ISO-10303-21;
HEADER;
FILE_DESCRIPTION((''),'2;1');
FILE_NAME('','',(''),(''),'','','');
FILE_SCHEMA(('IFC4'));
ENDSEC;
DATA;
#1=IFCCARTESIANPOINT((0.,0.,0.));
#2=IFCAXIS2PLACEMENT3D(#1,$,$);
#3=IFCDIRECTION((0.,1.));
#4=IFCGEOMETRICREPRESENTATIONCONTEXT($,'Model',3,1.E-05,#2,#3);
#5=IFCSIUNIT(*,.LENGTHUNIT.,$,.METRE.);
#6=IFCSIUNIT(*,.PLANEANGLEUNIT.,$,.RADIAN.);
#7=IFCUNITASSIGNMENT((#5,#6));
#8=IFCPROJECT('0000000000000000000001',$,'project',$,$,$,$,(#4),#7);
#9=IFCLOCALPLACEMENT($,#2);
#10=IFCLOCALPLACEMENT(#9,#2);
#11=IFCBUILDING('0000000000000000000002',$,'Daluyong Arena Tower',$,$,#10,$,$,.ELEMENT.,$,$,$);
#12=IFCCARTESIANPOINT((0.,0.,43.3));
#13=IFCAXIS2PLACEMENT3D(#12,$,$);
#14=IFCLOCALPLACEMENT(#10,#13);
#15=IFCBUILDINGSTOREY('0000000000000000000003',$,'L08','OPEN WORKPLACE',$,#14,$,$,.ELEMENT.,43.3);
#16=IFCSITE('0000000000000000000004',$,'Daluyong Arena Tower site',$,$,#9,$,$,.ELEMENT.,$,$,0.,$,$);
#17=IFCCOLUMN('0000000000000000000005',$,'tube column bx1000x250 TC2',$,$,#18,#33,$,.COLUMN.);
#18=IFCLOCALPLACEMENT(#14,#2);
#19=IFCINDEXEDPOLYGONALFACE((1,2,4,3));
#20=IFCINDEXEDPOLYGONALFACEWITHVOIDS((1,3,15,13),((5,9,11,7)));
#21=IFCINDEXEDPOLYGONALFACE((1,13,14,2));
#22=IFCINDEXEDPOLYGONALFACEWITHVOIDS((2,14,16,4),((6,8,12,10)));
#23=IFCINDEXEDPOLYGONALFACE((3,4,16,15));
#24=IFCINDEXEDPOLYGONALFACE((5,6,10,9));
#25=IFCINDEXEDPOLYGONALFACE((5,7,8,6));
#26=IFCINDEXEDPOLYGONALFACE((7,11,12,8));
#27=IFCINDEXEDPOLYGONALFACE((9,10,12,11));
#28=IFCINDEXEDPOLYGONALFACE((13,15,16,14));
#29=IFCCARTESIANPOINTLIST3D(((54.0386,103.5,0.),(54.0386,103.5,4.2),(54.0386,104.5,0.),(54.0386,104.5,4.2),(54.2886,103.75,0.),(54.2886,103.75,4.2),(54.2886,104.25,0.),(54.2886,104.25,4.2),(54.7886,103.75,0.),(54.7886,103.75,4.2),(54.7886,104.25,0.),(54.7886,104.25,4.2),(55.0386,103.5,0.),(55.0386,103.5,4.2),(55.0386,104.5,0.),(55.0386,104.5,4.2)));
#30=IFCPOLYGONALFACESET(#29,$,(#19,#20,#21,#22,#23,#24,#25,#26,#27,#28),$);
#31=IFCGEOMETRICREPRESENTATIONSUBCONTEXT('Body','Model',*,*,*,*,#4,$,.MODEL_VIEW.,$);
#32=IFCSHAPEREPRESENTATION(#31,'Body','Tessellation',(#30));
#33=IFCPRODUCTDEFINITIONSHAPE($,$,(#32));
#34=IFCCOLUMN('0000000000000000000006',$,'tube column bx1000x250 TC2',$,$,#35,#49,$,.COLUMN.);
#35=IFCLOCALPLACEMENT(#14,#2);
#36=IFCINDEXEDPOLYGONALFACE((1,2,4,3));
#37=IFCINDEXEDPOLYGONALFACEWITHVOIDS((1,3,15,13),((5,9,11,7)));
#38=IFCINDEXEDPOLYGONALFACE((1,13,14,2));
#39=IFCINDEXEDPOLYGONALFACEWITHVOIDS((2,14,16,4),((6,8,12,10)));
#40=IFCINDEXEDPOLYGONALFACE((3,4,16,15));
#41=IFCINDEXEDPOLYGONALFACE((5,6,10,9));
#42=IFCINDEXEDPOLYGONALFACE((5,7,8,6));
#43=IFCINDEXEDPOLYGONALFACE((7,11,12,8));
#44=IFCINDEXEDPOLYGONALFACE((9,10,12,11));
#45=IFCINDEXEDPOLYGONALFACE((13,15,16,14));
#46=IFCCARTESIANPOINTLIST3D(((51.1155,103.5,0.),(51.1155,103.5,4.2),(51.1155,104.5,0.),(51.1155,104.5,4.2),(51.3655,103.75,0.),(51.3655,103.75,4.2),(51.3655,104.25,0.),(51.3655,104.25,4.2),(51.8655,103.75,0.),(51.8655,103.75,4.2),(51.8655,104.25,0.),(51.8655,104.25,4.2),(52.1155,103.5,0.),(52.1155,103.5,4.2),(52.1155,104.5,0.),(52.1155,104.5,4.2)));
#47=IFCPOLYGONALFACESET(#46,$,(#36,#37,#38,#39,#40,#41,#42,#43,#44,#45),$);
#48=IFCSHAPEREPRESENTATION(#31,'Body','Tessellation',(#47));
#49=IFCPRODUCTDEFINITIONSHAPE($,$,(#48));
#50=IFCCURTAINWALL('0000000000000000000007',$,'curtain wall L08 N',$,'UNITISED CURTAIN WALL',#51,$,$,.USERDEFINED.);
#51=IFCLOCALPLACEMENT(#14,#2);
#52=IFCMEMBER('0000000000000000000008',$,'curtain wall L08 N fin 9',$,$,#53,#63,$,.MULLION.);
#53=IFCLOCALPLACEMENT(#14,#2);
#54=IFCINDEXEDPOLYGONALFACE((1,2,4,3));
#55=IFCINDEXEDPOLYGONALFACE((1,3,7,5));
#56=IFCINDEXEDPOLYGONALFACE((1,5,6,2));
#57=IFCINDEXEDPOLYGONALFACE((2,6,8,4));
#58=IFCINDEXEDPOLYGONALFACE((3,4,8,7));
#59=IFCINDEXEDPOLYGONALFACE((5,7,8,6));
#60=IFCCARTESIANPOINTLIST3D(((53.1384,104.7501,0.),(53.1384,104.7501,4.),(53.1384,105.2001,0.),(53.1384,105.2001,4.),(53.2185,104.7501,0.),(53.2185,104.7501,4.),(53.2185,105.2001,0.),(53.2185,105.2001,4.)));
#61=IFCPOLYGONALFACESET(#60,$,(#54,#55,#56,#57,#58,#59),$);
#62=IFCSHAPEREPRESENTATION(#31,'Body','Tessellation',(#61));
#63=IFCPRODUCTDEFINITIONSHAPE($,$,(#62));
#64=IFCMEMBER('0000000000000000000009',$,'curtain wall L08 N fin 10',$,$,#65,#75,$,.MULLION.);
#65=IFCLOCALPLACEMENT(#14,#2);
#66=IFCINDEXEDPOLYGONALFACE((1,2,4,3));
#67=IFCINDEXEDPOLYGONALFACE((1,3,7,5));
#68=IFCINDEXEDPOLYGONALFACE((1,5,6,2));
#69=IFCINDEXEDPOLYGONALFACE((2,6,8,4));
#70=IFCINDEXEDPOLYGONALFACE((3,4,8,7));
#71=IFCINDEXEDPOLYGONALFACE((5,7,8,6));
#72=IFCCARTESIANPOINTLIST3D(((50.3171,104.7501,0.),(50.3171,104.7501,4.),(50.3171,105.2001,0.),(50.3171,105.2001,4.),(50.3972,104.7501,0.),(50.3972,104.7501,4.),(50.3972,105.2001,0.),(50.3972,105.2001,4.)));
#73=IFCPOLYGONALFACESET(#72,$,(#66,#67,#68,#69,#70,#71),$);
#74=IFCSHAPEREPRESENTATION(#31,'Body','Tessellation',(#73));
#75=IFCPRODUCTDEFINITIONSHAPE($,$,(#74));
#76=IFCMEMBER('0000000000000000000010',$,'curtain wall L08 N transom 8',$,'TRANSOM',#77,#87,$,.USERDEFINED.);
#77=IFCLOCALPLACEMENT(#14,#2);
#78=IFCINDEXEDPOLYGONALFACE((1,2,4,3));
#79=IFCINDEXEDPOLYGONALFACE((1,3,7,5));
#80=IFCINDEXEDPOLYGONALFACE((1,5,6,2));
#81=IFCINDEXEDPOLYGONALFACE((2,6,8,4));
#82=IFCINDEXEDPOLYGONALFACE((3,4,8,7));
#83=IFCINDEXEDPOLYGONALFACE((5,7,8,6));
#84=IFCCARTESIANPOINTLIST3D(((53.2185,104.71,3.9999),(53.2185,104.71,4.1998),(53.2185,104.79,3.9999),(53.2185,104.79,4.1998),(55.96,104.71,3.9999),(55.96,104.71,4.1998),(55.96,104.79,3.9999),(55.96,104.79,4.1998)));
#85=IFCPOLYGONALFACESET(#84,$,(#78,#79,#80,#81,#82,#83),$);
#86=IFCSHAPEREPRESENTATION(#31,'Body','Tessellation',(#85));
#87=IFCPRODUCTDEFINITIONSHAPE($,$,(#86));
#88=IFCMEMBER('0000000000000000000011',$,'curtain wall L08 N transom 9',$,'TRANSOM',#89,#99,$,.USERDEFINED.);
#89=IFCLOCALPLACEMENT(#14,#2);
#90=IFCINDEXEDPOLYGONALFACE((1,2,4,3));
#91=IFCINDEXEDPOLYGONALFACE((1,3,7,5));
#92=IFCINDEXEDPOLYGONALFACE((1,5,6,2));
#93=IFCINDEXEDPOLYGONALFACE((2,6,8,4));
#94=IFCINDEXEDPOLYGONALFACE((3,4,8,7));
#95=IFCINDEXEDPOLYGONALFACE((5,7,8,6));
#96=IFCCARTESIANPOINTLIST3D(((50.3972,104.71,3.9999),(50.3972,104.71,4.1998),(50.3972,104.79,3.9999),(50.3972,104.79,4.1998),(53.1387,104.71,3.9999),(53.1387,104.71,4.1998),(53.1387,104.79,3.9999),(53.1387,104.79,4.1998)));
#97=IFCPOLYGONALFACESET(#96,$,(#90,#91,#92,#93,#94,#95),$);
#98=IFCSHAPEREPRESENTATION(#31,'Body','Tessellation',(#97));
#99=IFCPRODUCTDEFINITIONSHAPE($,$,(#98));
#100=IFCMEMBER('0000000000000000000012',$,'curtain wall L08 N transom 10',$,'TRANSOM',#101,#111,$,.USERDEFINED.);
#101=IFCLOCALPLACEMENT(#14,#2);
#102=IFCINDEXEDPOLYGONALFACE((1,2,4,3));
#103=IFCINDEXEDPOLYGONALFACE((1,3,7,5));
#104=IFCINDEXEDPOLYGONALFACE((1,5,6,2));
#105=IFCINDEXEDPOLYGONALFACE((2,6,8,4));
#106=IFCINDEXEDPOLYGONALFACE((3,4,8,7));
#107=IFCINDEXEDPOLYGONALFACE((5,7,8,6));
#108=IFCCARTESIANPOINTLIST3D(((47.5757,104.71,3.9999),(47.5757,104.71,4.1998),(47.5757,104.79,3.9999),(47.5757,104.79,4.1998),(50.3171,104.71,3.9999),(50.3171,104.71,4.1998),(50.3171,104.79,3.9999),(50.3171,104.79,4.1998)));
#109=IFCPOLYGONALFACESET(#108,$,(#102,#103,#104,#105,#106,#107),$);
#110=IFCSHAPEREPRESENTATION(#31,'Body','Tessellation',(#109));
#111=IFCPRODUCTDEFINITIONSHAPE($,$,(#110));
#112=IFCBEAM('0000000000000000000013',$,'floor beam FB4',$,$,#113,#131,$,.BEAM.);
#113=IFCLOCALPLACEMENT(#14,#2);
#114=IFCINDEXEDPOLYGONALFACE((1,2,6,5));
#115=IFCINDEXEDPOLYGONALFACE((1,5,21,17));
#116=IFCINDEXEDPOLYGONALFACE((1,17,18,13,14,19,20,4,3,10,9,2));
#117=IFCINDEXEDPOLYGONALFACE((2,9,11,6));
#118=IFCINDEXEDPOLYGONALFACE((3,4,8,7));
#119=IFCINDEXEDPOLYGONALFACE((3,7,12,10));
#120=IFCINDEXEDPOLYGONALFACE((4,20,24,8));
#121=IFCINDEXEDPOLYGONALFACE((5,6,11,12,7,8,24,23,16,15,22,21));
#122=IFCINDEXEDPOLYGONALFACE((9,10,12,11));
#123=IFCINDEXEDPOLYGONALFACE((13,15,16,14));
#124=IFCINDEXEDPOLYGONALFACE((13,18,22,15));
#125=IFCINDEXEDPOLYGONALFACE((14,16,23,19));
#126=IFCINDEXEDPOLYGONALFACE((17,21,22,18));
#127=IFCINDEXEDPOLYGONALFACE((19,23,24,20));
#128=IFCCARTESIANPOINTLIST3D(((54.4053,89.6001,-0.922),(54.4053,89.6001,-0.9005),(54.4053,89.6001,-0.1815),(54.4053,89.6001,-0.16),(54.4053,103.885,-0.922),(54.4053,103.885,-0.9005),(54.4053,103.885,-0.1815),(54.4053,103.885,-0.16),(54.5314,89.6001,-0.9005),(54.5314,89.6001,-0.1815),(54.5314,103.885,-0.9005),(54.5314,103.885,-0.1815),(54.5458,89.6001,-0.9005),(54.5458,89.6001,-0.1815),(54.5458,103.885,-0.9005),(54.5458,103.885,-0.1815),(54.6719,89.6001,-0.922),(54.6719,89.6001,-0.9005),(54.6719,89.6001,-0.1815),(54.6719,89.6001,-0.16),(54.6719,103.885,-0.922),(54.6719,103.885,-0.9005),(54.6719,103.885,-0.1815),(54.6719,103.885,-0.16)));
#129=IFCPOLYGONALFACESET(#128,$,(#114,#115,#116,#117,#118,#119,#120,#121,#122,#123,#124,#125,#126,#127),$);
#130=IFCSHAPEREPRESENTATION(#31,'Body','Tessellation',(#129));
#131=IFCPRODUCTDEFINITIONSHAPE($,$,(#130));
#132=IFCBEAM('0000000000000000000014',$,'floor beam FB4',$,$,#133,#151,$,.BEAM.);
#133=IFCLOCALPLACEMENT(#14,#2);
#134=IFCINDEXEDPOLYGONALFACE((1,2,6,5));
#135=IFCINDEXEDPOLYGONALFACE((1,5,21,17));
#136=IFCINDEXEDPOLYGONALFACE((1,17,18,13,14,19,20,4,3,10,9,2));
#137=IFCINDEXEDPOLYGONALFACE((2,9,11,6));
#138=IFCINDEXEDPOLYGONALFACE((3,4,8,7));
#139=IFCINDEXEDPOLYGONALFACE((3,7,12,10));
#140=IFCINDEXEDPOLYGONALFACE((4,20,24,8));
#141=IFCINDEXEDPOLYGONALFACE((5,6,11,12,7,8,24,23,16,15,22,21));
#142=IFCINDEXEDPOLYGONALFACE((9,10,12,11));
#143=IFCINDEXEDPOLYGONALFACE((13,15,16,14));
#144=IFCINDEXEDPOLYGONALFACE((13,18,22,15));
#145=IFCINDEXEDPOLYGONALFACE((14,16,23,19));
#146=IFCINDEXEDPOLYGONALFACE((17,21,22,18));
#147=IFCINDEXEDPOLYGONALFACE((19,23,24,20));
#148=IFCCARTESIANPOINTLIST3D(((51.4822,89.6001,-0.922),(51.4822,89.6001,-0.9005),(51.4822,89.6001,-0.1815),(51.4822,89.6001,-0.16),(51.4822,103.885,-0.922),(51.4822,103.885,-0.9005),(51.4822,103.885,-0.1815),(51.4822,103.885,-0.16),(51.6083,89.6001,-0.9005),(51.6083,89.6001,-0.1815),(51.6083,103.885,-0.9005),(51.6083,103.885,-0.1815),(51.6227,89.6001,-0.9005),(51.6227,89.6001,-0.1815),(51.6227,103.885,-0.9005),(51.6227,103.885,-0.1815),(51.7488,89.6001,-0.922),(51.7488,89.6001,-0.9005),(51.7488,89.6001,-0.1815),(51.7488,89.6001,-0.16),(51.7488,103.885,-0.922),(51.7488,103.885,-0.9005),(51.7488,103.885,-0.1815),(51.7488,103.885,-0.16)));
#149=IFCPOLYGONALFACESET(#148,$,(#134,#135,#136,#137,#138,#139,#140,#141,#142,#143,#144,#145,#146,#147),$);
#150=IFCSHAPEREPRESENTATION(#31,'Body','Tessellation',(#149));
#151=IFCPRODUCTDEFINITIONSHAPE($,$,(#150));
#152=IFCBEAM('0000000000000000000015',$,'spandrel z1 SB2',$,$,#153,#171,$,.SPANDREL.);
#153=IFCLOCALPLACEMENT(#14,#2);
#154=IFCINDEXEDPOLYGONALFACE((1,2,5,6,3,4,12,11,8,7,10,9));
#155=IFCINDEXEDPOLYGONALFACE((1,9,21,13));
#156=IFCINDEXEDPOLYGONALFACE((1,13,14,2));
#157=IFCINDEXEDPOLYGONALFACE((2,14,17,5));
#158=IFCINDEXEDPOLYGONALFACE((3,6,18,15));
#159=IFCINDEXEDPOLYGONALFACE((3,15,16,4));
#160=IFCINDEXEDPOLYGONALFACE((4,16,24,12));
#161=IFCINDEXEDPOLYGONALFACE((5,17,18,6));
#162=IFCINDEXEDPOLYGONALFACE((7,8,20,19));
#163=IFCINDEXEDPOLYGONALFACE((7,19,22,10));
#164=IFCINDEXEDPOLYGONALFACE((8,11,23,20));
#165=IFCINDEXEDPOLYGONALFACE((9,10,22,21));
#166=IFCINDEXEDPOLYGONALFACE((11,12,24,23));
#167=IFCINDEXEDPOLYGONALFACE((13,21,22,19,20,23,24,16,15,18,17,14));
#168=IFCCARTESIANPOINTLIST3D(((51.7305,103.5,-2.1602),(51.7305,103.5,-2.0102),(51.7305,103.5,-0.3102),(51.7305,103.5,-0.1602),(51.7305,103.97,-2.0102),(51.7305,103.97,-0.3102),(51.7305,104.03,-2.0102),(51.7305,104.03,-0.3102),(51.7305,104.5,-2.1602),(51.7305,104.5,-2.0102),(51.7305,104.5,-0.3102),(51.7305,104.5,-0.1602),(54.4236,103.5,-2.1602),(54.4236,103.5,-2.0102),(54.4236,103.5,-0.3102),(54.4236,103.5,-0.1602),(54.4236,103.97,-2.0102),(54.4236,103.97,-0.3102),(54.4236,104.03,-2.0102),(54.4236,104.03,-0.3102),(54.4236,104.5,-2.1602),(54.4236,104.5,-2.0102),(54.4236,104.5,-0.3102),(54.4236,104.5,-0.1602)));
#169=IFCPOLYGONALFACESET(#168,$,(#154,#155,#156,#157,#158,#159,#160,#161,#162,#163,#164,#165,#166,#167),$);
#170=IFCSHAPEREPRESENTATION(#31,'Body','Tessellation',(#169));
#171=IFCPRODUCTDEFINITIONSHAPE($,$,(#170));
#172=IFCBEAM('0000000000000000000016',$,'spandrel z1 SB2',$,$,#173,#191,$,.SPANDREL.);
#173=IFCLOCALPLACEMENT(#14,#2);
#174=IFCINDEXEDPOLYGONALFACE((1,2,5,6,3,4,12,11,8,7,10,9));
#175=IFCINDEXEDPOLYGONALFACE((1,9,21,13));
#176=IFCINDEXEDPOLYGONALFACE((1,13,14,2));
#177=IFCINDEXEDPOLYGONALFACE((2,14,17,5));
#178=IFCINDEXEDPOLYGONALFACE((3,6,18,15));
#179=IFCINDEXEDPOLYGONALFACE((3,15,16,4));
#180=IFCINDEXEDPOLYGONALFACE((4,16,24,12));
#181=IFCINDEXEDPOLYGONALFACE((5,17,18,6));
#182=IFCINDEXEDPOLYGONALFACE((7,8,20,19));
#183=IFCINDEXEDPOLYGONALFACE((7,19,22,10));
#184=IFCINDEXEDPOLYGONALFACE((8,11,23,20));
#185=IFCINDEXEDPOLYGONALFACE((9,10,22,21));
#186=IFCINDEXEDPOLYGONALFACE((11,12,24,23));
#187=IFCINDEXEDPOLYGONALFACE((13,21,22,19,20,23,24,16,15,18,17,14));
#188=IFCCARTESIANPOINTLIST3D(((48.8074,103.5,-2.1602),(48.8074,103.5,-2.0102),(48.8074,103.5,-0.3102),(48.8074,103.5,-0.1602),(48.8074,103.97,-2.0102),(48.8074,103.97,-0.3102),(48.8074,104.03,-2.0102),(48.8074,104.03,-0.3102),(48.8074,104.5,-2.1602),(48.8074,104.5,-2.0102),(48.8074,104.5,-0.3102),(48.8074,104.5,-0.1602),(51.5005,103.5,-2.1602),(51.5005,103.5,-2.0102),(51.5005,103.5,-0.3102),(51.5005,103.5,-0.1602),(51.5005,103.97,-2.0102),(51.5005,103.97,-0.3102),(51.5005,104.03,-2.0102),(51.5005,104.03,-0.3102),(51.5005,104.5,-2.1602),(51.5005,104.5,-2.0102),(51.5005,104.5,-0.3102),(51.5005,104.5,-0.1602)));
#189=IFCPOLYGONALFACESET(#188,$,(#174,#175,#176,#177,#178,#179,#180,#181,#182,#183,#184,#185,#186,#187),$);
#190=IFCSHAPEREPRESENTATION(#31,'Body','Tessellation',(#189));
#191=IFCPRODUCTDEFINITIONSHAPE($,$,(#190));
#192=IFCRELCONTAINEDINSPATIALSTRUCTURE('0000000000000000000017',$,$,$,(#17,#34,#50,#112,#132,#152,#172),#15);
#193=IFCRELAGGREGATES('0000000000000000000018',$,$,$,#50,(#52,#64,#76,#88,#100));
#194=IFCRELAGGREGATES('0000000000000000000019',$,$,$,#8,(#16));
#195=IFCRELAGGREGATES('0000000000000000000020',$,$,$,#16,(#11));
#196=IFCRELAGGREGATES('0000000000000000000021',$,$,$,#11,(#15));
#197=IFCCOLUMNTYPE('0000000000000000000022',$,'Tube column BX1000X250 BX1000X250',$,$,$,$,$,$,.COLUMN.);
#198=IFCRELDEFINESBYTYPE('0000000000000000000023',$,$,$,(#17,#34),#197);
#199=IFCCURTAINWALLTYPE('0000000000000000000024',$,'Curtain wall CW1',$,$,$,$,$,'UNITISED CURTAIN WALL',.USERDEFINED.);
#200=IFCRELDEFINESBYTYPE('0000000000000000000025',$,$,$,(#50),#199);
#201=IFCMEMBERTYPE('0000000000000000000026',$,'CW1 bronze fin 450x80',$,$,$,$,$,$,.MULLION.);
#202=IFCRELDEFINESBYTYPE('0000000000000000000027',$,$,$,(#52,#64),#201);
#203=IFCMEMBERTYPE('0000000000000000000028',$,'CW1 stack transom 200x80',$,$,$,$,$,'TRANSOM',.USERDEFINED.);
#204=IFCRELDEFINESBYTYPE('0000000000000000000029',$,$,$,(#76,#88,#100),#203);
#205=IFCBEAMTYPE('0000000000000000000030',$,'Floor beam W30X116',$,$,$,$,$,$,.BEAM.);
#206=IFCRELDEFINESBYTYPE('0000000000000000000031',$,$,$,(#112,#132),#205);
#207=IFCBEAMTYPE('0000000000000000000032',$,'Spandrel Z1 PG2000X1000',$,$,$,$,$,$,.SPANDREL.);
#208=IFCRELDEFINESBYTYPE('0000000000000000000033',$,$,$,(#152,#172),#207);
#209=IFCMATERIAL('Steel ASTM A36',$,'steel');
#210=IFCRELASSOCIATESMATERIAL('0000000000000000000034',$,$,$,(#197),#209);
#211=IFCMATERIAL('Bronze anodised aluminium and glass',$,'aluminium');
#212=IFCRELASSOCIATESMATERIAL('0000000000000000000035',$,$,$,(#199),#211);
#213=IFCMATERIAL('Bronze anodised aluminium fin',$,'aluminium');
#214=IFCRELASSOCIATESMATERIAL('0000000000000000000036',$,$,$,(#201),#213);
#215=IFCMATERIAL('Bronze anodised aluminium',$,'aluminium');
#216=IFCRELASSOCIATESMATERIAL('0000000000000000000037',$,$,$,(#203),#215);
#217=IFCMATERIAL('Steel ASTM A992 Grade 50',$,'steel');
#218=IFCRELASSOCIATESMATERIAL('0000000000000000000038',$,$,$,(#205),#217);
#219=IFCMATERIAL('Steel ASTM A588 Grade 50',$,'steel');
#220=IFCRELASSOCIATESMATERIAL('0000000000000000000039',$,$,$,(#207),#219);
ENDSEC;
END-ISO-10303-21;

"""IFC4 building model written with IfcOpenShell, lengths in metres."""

from ifc_helpers import new_model, si_unit, direction, frame, origin, origin_2d, place, context, subcontext, project, spatial, rectangle, hollow_rectangle, i_section, extrude, material, material_profile, profile_set, type_object, element, aggregate, save


model = new_model("IFC4")

# Units and contexts
model_context = context("Model", 3, precision=1e-05, world=origin(), true_north=direction((0.0, 1.0)))
body_context = subcontext(model_context, "Body", "Model", "MODEL_VIEW")
ifc_project = project(units=[si_unit("LENGTHUNIT", "METRE"), si_unit("PLANEANGLEUNIT", "RADIAN")], contexts=[model_context])

# Site, building, storey
site_placement = place(None, origin())
site = spatial("IfcSite", under=ifc_project, at=site_placement, Name="Daluyong Arena Tower site", CompositionType="ELEMENT", RefElevation=0.0)
building_placement = place(site_placement, origin())
building = spatial("IfcBuilding", under=site, at=building_placement, Name="Daluyong Arena Tower", CompositionType="ELEMENT")
storey_placement = place(building_placement, frame((0.0, 0.0, 43.3)))
storey = spatial("IfcBuildingStorey", under=building, at=storey_placement, Name="L08", Description="OPEN WORKPLACE", CompositionType="ELEMENT", Elevation=43.3)

# Columns
ifc_material_1 = material(Name="Steel ASTM A36", Category="steel")
ifc_material_profile_1 = material_profile(ifc_material_1, hollow_rectangle(XDim=1.0, YDim=1.0, WallThickness=0.25, at=origin_2d()))
ifc_profile_set_1 = profile_set([ifc_material_profile_1], Name="Steel ASTM A36")
column_type = type_object("IfcColumnType", Name="Tube column BX1000X250 BX1000X250", PredefinedType="COLUMN", material=ifc_profile_set_1)
for number, where, z_axis, x_axis, name in (
    (1, (54.5386, 104.0, 0.0), (0.0, 0.0, 1.0), (1.0, 0.0, 0.0), "tube column bx1000x250 TC2"),
    (2, (51.6155, 104.0, 0.0), (0.0, 0.0, 1.0), (1.0, 0.0, 0.0), "tube column bx1000x250 TC2"),
):
    element("IfcColumn", number, at=place(storey_placement, frame(where, z_axis=z_axis, x_axis=x_axis)), inside=storey, type_object=column_type, Name=name, PredefinedType="COLUMN", context=body_context, shape_type="SweptSolid", body=[
        extrude(hollow_rectangle(XDim=1.0, YDim=1.0, WallThickness=0.25, at=origin_2d()), origin(), (0.0, 0.0, 1.0), 4.2),
    ])

# Curtain wall, members
ifc_material_2 = material(Name="Bronze anodised aluminium and glass", Category="aluminium")
curtain_wall_type = type_object("IfcCurtainWallType", Name="Curtain wall CW1", ElementType="UNITISED CURTAIN WALL", PredefinedType="USERDEFINED", material=ifc_material_2)
curtain_wall_placement = place(storey_placement, origin())
curtain_wall = element("IfcCurtainWall", 3, at=curtain_wall_placement, inside=storey, type_object=curtain_wall_type, Name="curtain wall L08 N", ObjectType="UNITISED CURTAIN WALL", PredefinedType="USERDEFINED")
ifc_material_3 = material(Name="Bronze anodised aluminium fin", Category="aluminium")
ifc_material_profile_2 = material_profile(ifc_material_3, rectangle(XDim=0.45, YDim=0.0801, at=origin_2d()))
ifc_profile_set_2 = profile_set([ifc_material_profile_2], Name="Bronze anodised aluminium fin")
member_type_1 = type_object("IfcMemberType", Name="CW1 bronze fin 450x80", PredefinedType="MULLION", material=ifc_profile_set_2)
member_1_placement = place(storey_placement, frame((53.1785, 104.9751, 0.0), z_axis=(0.0, 0.0, 1.0), x_axis=(0.0, -1.0, 0.0)))
member_1 = element("IfcMember", 4, at=member_1_placement, type_object=member_type_1, Name="curtain wall L08 N fin 9", PredefinedType="MULLION", context=body_context, shape_type="SweptSolid", body=[
    extrude(rectangle(XDim=0.45, YDim=0.0801, at=origin_2d()), origin(), (0.0, 0.0, 1.0), 4.0),
])
member_2_placement = place(storey_placement, frame((50.3572, 104.9751, 0.0), z_axis=(0.0, 0.0, 1.0), x_axis=(0.0, -1.0, 0.0)))
member_2 = element("IfcMember", 5, at=member_2_placement, type_object=member_type_1, Name="curtain wall L08 N fin 10", PredefinedType="MULLION", context=body_context, shape_type="SweptSolid", body=[
    extrude(rectangle(XDim=0.45, YDim=0.0801, at=origin_2d()), origin(), (0.0, 0.0, 1.0), 4.0),
])
ifc_material_4 = material(Name="Bronze anodised aluminium", Category="aluminium")
ifc_material_profile_3 = material_profile(ifc_material_4, rectangle(XDim=0.0801, YDim=0.2, at=origin_2d()))
ifc_profile_set_3 = profile_set([ifc_material_profile_3], Name="Bronze anodised aluminium")
member_type_2 = type_object("IfcMemberType", Name="CW1 stack transom 200x80", ElementType="TRANSOM", PredefinedType="USERDEFINED", material=ifc_profile_set_3)
member_3_placement = place(storey_placement, frame((55.96, 104.75, 4.0999), z_axis=(-1.0, 0.0, 0.0), x_axis=(0.0, -1.0, 0.0)))
member_3 = element("IfcMember", 6, at=member_3_placement, type_object=member_type_2, Name="curtain wall L08 N transom 8", ObjectType="TRANSOM", PredefinedType="USERDEFINED", context=body_context, shape_type="SweptSolid", body=[
    extrude(rectangle(XDim=0.0801, YDim=0.2, at=origin_2d()), origin(), (0.0, 0.0, 1.0), 2.7415),
])
member_4_placement = place(storey_placement, frame((53.1387, 104.75, 4.0999), z_axis=(-1.0, 0.0, 0.0), x_axis=(0.0, -1.0, 0.0)))
member_4 = element("IfcMember", 7, at=member_4_placement, type_object=member_type_2, Name="curtain wall L08 N transom 9", ObjectType="TRANSOM", PredefinedType="USERDEFINED", context=body_context, shape_type="SweptSolid", body=[
    extrude(rectangle(XDim=0.0801, YDim=0.2, at=origin_2d()), origin(), (0.0, 0.0, 1.0), 2.7415),
])
member_5_placement = place(storey_placement, frame((50.3171, 104.75, 4.0999), z_axis=(-1.0, 0.0, 0.0), x_axis=(0.0, -1.0, 0.0)))
member_5 = element("IfcMember", 8, at=member_5_placement, type_object=member_type_2, Name="curtain wall L08 N transom 10", ObjectType="TRANSOM", PredefinedType="USERDEFINED", context=body_context, shape_type="SweptSolid", body=[
    extrude(rectangle(XDim=0.0801, YDim=0.2, at=origin_2d()), origin(), (0.0, 0.0, 1.0), 2.7415),
])

# Beams
ifc_material_5 = material(Name="Steel ASTM A992 Grade 50", Category="steel")
ifc_material_profile_4 = material_profile(ifc_material_5, i_section(OverallWidth=0.2666, OverallDepth=0.762, WebThickness=0.0144, FlangeThickness=0.0215, at=origin_2d()))
ifc_profile_set_4 = profile_set([ifc_material_profile_4], Name="Steel ASTM A992 Grade 50")
beam_type_1 = type_object("IfcBeamType", Name="Floor beam W30X116", PredefinedType="BEAM", material=ifc_profile_set_4)
for number, where, z_axis, x_axis, name in (
    (9, (54.5386, 103.885, -0.541), (0.0, -1.0, 0.0), (1.0, 0.0, 0.0), "floor beam FB4"),
    (10, (51.6155, 103.885, -0.541), (0.0, -1.0, 0.0), (1.0, 0.0, 0.0), "floor beam FB4"),
):
    element("IfcBeam", number, at=place(storey_placement, frame(where, z_axis=z_axis, x_axis=x_axis)), inside=storey, type_object=beam_type_1, Name=name, PredefinedType="BEAM", context=body_context, shape_type="SweptSolid", body=[
        extrude(i_section(OverallWidth=0.2666, OverallDepth=0.762, WebThickness=0.0144, FlangeThickness=0.0215, at=origin_2d()), origin(), (0.0, 0.0, 1.0), 14.2849),
    ])
ifc_material_6 = material(Name="Steel ASTM A588 Grade 50", Category="steel")
ifc_material_profile_5 = material_profile(ifc_material_6, i_section(OverallWidth=1.0, OverallDepth=2.0, WebThickness=0.06, FlangeThickness=0.15, at=origin_2d()))
ifc_profile_set_5 = profile_set([ifc_material_profile_5], Name="Steel ASTM A588 Grade 50")
beam_type_2 = type_object("IfcBeamType", Name="Spandrel Z1 PG2000X1000", PredefinedType="SPANDREL", material=ifc_profile_set_5)
for number, where, z_axis, x_axis, name in (
    (11, (54.4236, 104.0, -1.1602), (-1.0, 0.0, 0.0), (0.0, -1.0, 0.0), "spandrel z1 SB2"),
    (12, (51.5005, 104.0, -1.1602), (-1.0, 0.0, 0.0), (0.0, -1.0, 0.0), "spandrel z1 SB2"),
):
    element("IfcBeam", number, at=place(storey_placement, frame(where, z_axis=z_axis, x_axis=x_axis)), inside=storey, type_object=beam_type_2, Name=name, PredefinedType="SPANDREL", context=body_context, shape_type="SweptSolid", body=[
        extrude(i_section(OverallWidth=1.0, OverallDepth=2.0, WebThickness=0.06, FlangeThickness=0.15, at=origin_2d()), origin(), (0.0, 0.0, 1.0), 2.6931),
    ])

aggregate(curtain_wall, [member_1, member_2, member_3, member_4, member_5])

save(model, "model.ifc")
